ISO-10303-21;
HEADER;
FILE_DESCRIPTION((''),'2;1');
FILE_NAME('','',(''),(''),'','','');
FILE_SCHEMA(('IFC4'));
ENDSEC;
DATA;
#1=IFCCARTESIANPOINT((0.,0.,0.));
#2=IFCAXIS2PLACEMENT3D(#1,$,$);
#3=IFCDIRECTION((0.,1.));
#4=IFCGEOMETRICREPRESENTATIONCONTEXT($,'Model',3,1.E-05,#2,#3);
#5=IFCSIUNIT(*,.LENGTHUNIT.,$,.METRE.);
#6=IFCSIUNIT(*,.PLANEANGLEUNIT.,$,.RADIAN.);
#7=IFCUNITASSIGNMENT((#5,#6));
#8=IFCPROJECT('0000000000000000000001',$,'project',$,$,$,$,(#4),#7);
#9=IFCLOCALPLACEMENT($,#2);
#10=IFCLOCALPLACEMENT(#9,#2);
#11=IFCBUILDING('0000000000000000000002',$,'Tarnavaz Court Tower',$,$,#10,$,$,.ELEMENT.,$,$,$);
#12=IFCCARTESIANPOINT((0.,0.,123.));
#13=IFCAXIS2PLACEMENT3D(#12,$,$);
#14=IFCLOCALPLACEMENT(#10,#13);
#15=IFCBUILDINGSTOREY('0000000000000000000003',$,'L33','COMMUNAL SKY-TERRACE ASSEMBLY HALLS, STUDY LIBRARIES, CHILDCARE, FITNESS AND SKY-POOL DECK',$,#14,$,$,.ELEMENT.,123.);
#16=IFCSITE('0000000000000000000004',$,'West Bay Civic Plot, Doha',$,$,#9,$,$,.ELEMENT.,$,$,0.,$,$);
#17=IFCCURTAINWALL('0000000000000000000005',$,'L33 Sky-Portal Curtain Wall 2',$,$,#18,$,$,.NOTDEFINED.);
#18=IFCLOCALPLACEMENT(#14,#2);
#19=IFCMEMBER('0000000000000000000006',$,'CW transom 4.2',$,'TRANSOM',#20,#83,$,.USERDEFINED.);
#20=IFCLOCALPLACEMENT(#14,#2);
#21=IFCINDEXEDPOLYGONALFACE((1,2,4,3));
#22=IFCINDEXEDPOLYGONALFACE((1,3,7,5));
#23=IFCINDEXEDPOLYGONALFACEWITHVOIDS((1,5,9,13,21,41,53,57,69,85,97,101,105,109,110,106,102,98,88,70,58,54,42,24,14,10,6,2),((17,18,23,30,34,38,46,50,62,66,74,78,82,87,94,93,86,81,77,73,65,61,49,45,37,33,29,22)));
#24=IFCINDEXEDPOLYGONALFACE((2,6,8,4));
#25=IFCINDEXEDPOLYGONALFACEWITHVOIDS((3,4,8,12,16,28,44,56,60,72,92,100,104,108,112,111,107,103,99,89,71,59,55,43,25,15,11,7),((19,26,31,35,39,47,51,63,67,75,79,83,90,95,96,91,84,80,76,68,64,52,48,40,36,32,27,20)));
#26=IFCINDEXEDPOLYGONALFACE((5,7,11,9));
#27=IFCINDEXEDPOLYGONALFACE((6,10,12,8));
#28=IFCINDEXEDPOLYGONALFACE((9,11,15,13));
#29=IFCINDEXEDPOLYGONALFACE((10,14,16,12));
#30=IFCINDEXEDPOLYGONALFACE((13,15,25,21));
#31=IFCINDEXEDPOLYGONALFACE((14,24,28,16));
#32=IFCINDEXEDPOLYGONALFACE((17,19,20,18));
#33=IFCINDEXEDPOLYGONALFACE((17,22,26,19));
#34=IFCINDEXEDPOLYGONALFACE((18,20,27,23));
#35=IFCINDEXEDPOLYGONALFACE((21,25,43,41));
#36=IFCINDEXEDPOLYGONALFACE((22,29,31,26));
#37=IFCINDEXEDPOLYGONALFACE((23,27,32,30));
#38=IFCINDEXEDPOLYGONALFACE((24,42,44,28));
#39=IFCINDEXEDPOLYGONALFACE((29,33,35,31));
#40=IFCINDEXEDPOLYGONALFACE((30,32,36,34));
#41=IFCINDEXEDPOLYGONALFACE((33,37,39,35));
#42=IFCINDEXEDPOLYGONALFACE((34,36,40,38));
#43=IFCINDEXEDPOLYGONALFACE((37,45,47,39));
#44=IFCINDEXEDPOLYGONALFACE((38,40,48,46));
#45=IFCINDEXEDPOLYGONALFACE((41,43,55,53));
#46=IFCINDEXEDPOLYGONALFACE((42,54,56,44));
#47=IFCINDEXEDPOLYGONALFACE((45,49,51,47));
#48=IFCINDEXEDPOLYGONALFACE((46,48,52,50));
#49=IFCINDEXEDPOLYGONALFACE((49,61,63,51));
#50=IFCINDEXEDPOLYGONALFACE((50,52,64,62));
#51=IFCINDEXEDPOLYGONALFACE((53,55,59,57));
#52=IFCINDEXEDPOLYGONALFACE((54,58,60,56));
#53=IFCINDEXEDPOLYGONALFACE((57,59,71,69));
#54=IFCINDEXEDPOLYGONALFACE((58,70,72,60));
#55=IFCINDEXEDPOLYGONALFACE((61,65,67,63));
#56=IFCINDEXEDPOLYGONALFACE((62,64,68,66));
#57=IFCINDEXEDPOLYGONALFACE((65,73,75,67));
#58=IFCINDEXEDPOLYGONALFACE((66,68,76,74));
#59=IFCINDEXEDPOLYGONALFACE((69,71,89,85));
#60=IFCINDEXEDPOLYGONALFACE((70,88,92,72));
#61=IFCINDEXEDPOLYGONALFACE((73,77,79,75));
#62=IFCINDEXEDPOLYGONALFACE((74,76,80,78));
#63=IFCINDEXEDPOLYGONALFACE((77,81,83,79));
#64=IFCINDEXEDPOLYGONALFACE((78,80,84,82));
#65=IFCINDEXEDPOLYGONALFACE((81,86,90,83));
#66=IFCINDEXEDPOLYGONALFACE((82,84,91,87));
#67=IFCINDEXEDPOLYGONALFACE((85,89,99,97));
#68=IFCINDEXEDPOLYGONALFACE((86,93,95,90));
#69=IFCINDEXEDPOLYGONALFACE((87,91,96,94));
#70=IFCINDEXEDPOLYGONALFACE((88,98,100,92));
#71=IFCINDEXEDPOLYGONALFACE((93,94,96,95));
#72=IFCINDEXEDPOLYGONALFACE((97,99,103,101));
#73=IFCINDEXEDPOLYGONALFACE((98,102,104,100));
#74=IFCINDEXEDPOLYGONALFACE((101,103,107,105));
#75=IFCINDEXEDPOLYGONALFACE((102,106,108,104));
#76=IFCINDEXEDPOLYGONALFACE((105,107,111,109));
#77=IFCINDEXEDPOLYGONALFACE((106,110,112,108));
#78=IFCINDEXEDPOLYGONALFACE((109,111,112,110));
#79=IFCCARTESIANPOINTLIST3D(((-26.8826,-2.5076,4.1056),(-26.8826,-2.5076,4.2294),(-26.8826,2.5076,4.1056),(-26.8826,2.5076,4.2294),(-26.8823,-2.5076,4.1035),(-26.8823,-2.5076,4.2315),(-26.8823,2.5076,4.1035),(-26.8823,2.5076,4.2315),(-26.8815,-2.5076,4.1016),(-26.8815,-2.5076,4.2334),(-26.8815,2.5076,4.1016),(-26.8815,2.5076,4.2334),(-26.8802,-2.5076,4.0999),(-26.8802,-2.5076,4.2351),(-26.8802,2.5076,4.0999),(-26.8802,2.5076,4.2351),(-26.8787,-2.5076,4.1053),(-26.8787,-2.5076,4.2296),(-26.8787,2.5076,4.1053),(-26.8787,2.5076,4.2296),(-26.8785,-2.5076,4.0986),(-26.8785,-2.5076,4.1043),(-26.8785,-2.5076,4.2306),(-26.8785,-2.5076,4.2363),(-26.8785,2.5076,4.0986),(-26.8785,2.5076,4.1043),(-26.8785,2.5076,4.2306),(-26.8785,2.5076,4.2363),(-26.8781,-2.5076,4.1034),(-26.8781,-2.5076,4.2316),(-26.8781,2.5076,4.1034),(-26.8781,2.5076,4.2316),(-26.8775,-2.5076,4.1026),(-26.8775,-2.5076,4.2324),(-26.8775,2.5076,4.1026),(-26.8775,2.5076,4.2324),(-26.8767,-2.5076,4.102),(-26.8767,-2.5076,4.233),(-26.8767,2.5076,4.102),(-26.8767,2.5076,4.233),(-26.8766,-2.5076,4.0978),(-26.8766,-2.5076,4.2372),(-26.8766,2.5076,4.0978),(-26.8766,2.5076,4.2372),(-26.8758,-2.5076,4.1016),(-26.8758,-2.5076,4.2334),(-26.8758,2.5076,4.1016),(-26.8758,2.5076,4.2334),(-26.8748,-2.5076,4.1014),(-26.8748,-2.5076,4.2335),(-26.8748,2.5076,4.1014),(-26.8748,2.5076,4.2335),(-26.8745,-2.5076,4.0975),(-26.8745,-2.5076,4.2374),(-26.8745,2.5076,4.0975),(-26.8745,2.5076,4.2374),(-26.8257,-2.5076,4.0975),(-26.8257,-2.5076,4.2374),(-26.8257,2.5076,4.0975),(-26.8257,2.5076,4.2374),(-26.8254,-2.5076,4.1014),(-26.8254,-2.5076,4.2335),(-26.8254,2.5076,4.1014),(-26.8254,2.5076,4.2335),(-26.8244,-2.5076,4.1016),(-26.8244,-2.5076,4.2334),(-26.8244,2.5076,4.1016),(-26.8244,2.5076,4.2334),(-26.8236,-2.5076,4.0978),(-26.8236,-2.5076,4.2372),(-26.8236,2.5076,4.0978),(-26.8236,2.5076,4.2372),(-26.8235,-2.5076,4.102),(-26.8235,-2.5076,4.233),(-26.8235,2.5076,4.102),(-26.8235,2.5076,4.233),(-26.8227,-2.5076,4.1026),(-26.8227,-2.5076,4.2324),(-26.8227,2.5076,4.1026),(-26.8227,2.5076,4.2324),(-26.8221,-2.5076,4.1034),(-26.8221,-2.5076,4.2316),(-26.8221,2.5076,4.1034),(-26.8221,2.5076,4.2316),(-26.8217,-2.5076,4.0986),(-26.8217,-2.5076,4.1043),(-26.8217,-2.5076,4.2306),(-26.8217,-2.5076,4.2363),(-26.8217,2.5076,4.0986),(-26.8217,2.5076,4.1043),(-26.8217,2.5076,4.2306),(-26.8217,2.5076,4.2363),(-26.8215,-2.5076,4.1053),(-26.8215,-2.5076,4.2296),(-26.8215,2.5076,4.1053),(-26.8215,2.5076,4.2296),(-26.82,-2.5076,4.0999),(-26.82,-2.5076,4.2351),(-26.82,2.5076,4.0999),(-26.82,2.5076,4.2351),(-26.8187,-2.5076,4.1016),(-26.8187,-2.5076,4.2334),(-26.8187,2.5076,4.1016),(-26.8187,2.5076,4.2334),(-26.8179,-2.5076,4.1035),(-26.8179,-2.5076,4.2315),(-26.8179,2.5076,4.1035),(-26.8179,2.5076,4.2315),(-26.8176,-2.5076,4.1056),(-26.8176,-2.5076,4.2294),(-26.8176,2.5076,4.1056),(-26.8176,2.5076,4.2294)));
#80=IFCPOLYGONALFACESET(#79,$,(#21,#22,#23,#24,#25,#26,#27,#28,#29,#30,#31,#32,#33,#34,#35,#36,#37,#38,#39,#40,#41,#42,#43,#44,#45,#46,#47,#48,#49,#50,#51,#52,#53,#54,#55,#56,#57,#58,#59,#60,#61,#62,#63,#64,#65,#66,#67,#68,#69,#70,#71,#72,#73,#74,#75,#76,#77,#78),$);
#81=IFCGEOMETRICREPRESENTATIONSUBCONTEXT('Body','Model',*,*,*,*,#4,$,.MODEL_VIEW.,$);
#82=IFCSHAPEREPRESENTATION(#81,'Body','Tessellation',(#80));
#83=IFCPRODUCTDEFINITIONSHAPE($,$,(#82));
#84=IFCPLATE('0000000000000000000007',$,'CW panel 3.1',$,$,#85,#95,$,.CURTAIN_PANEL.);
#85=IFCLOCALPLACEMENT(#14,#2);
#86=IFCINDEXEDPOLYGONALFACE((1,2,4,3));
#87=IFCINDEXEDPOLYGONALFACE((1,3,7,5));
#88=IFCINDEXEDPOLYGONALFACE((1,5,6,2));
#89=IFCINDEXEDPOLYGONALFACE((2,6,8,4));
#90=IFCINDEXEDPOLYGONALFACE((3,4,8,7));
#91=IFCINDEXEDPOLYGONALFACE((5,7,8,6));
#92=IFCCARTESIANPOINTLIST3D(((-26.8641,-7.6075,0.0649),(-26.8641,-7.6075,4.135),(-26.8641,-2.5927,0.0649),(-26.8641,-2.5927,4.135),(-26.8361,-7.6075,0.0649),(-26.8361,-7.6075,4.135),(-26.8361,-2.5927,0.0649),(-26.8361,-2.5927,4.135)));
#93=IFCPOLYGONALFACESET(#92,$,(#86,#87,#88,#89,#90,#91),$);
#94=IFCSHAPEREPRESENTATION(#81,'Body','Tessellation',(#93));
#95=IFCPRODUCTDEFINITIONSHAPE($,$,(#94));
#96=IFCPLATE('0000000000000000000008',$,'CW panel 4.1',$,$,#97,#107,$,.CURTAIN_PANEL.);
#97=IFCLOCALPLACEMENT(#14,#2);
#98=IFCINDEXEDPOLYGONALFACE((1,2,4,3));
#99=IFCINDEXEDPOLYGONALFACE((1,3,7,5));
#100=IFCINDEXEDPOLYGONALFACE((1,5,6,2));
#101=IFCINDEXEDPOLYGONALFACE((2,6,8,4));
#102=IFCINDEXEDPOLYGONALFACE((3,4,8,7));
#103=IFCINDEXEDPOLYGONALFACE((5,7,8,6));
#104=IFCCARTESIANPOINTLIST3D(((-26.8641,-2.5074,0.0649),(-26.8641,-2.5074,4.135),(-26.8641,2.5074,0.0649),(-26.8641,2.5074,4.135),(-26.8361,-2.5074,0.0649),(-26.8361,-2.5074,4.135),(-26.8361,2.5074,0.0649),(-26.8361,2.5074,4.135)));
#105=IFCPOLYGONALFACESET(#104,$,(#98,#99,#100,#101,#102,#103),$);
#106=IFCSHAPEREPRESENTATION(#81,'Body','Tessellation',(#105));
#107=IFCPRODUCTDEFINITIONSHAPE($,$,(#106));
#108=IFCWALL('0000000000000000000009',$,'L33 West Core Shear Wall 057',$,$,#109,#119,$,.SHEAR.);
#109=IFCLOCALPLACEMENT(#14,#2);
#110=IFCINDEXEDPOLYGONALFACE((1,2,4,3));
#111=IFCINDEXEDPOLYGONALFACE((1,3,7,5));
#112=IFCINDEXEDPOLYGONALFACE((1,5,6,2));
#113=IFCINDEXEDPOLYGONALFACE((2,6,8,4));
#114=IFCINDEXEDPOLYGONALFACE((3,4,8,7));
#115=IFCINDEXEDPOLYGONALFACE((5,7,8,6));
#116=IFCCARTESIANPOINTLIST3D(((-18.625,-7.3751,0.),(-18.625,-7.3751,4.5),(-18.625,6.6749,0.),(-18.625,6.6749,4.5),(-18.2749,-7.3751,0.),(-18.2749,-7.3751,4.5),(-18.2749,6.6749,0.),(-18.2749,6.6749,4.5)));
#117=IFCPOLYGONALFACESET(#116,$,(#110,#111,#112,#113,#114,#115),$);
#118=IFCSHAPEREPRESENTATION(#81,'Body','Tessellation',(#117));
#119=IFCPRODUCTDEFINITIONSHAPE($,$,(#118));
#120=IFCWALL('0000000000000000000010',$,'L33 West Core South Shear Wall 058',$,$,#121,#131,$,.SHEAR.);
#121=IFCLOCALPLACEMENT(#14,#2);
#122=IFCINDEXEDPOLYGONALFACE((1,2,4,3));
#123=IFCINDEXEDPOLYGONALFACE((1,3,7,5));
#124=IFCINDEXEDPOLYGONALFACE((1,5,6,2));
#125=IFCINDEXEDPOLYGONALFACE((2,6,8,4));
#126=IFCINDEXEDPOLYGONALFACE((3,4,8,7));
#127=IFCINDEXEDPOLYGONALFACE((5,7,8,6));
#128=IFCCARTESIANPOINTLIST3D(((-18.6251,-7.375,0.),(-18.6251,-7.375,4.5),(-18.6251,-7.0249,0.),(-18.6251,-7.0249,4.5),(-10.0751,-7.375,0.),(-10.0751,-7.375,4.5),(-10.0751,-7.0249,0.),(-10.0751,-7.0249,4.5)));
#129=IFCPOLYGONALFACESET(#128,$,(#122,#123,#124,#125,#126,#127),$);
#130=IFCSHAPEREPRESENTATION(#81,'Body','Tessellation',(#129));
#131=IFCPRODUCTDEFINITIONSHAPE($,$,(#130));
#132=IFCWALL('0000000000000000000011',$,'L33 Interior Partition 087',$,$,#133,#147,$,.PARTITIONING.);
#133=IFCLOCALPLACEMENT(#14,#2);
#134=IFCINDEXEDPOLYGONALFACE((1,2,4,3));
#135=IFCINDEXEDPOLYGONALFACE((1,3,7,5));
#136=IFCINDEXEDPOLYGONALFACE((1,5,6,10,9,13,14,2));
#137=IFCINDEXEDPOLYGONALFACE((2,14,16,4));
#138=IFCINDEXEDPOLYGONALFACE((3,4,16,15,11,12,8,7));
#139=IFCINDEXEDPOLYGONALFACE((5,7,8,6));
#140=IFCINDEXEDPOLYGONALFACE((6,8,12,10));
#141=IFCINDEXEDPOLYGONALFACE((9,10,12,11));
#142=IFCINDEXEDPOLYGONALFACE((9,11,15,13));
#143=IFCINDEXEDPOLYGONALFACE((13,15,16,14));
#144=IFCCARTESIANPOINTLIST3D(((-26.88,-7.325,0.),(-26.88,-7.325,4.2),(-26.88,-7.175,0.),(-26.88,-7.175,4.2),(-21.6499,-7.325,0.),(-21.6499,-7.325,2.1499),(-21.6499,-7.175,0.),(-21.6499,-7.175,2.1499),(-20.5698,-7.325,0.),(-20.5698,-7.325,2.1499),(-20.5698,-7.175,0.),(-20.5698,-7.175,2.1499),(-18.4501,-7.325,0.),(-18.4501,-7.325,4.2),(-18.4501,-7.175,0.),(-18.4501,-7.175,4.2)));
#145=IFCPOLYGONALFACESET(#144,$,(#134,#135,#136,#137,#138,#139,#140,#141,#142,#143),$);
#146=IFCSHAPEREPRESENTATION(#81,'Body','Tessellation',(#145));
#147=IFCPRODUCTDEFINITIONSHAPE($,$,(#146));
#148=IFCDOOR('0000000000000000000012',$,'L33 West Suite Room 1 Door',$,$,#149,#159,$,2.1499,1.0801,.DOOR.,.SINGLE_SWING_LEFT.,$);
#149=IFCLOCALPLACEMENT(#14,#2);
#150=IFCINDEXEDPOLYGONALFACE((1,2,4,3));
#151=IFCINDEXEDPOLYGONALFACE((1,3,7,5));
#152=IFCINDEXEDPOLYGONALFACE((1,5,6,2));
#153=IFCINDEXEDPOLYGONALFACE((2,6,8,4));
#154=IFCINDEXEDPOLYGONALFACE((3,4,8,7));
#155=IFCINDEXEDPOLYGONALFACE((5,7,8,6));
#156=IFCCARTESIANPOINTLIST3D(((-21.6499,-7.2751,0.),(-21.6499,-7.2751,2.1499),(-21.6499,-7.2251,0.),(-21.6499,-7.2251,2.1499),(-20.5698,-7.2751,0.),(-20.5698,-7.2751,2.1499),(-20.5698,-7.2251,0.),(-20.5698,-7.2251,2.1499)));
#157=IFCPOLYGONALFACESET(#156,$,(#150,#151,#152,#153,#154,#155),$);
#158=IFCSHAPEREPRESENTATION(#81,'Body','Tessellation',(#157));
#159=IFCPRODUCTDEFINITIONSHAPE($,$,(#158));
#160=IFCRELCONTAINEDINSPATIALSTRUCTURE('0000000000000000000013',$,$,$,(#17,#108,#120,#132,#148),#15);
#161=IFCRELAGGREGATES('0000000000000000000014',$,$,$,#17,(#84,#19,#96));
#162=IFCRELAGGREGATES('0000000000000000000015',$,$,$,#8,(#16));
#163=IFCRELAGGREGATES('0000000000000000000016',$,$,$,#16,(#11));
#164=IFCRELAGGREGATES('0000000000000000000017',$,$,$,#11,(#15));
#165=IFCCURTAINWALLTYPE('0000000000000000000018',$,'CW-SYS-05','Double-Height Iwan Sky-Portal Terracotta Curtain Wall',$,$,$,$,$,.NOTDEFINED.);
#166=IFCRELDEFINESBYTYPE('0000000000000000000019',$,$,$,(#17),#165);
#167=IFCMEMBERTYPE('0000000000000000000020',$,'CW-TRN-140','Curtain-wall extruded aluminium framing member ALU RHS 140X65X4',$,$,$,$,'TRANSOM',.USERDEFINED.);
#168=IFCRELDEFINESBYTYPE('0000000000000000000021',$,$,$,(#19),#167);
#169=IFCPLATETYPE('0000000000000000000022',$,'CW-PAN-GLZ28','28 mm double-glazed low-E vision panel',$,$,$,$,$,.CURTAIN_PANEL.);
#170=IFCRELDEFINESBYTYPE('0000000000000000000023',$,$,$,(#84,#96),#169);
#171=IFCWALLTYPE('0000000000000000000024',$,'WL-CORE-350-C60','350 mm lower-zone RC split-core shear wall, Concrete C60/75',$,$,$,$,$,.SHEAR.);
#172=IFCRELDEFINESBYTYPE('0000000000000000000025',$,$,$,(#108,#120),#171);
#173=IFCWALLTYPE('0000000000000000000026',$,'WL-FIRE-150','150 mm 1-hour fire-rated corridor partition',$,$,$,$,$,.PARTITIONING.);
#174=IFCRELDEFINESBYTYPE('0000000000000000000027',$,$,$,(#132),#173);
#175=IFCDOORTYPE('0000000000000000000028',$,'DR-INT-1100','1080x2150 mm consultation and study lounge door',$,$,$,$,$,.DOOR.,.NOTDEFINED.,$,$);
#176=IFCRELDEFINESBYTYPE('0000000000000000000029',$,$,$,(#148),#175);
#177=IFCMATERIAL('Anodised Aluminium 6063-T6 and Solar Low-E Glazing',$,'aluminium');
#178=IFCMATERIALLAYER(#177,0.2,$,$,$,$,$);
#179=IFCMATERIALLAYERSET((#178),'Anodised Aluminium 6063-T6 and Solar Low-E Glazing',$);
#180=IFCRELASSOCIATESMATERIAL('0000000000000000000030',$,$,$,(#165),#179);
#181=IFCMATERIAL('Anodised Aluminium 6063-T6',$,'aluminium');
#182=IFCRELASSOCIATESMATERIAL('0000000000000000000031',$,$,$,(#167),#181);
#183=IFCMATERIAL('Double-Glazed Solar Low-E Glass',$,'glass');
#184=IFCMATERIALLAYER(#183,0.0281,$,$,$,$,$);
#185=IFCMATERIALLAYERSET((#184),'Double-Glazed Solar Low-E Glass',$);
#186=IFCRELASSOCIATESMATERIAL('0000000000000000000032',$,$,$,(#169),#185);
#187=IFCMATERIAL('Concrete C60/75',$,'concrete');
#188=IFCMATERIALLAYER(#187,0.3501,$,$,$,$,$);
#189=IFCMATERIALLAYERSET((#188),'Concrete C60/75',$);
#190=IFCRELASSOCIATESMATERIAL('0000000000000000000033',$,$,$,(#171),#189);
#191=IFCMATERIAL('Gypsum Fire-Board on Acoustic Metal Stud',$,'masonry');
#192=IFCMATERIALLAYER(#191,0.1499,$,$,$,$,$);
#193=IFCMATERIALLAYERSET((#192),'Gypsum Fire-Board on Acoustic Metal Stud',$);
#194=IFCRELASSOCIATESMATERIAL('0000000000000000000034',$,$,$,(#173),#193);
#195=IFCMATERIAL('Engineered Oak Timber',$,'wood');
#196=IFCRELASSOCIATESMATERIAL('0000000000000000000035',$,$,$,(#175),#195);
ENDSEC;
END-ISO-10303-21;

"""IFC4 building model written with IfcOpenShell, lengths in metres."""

from ifc_helpers import new_model, si_unit, direction, frame, frame_2d, origin, origin_2d, place, context, subcontext, project, spatial, rectangle, hollow_rectangle, extrude, material, layer, layer_set, material_profile, profile_set, type_object, element, fill, aggregate, save


model = new_model("IFC4")

# Units and contexts
model_context = context("Model", 3, precision=1e-05, world=origin(), true_north=direction((0.0, 1.0)))
body_context = subcontext(model_context, "Body", "Model", "MODEL_VIEW")
ifc_project = project(units=[si_unit("LENGTHUNIT", "METRE"), si_unit("PLANEANGLEUNIT", "RADIAN")], contexts=[model_context])

# Site, building, storey
site_placement = place(None, origin())
site = spatial("IfcSite", under=ifc_project, at=site_placement, Name="West Bay Civic Plot, Doha", CompositionType="ELEMENT", RefElevation=0.0)
building_placement = place(site_placement, origin())
building = spatial("IfcBuilding", under=site, at=building_placement, Name="Tarnavaz Court Tower", CompositionType="ELEMENT")
storey_placement = place(building_placement, frame((0.0, 0.0, 123.0)))
storey = spatial("IfcBuildingStorey", under=building, at=storey_placement, Name="L33", Description="COMMUNAL SKY-TERRACE ASSEMBLY HALLS, STUDY LIBRARIES, CHILDCARE, FITNESS AND SKY-POOL DECK", CompositionType="ELEMENT", Elevation=123.0)

# Shared definitions
ifc_material_1 = material(Name="Concrete C60/75", Category="concrete")

# Curtain wall, member, plates
ifc_material_2 = material(Name="Anodised Aluminium 6063-T6 and Solar Low-E Glazing", Category="aluminium")
ifc_layer_1 = layer(ifc_material_2, 0.2)
ifc_layer_set_1 = layer_set([ifc_layer_1], Name="Anodised Aluminium 6063-T6 and Solar Low-E Glazing")
curtain_wall_type = type_object("IfcCurtainWallType", Name="CW-SYS-05", Description="Double-Height Iwan Sky-Portal Terracotta Curtain Wall", PredefinedType="NOTDEFINED", material=ifc_layer_set_1)
curtain_wall_placement = place(storey_placement, origin())
curtain_wall = element("IfcCurtainWall", 1, at=curtain_wall_placement, inside=storey, type_object=curtain_wall_type, Name="L33 Sky-Portal Curtain Wall 2", PredefinedType="NOTDEFINED")
ifc_material_3 = material(Name="Anodised Aluminium 6063-T6", Category="aluminium")
ifc_material_profile_1 = material_profile(ifc_material_3, hollow_rectangle(XDim=0.0649, YDim=0.1399, WallThickness=0.0039, InnerFilletRadius=0.0039, OuterFilletRadius=0.0081, at=origin_2d()), Name="ALU RHS 140X65X4")
ifc_profile_set_1 = profile_set([ifc_material_profile_1], Name="Anodised Aluminium 6063-T6")
member_type_1 = type_object("IfcMemberType", Name="CW-TRN-140", Description="Curtain-wall extruded aluminium framing member ALU RHS 140X65X4", ElementType="TRANSOM", PredefinedType="USERDEFINED", material=ifc_profile_set_1)
member_1_placement = place(storey_placement, frame((-26.8501, -2.5076, 4.1675), z_axis=(0.0, 1.0, 0.0), x_axis=(-1.0, 0.0, 0.0)))
member_1 = element("IfcMember", 2, at=member_1_placement, type_object=member_type_1, Name="CW transom 4.2", ObjectType="TRANSOM", PredefinedType="USERDEFINED", context=body_context, shape_type="SweptSolid", body=[
    extrude(hollow_rectangle(XDim=0.0649, YDim=0.1399, WallThickness=0.0039, InnerFilletRadius=0.0039, OuterFilletRadius=0.0081, at=origin_2d()), origin(), (0.0, 0.0, 1.0), 5.0151),
])
ifc_material_4 = material(Name="Double-Glazed Solar Low-E Glass", Category="glass")
ifc_layer_2 = layer(ifc_material_4, 0.0281)
ifc_layer_set_2 = layer_set([ifc_layer_2], Name="Double-Glazed Solar Low-E Glass")
plate_type = type_object("IfcPlateType", Name="CW-PAN-GLZ28", Description="28 mm double-glazed low-E vision panel", PredefinedType="CURTAIN_PANEL", material=ifc_layer_set_2)
plate_1_placement = place(storey_placement, frame((-26.8501, -5.1001, 0.0649), z_axis=(0.0, 0.0, 1.0), x_axis=(0.0, 1.0, 0.0)))
plate_1 = element("IfcPlate", 3, at=plate_1_placement, type_object=plate_type, Name="CW panel 3.1", PredefinedType="CURTAIN_PANEL", context=body_context, shape_type="SweptSolid", body=[
    extrude(rectangle(XDim=5.0149, YDim=0.0281, at=origin_2d()), origin(), (0.0, 0.0, 1.0), 4.0701),
])
plate_2_placement = place(storey_placement, frame((-26.8501, 0.0, 0.0649), z_axis=(0.0, 0.0, 1.0), x_axis=(0.0, 1.0, 0.0)))
plate_2 = element("IfcPlate", 4, at=plate_2_placement, type_object=plate_type, Name="CW panel 4.1", PredefinedType="CURTAIN_PANEL", context=body_context, shape_type="SweptSolid", body=[
    extrude(rectangle(XDim=5.0149, YDim=0.0281, at=origin_2d()), origin(), (0.0, 0.0, 1.0), 4.0701),
])
aggregate(curtain_wall, [plate_1, member_1, plate_2])

# Walls
ifc_layer_3 = layer(ifc_material_1, 0.3501)
ifc_layer_set_3 = layer_set([ifc_layer_3], Name="Concrete C60/75")
wall_type_1 = type_object("IfcWallType", Name="WL-CORE-350-C60", Description="350 mm lower-zone RC split-core shear wall, Concrete C60/75", PredefinedType="SHEAR", material=ifc_layer_set_3)
wall_1_placement = place(storey_placement, frame((-18.45, -7.375, 0.0), z_axis=(0.0, 0.0, 1.0), x_axis=(0.0, 1.0, 0.0)))
element("IfcWall", 5, at=wall_1_placement, inside=storey, type_object=wall_type_1, Name="L33 West Core Shear Wall 057", PredefinedType="SHEAR", context=body_context, shape_type="SweptSolid", body=[
    extrude(rectangle(XDim=14.05, YDim=0.3501, at=frame_2d((7.0249, 0.0))), origin(), (0.0, 0.0, 1.0), 4.5),
])
wall_2_placement = place(storey_placement, frame((-18.625, -7.2, 0.0), z_axis=(0.0, 0.0, 1.0), x_axis=(1.0, 0.0, 0.0)))
element("IfcWall", 6, at=wall_2_placement, inside=storey, type_object=wall_type_1, Name="L33 West Core South Shear Wall 058", PredefinedType="SHEAR", context=body_context, shape_type="SweptSolid", body=[
    extrude(rectangle(XDim=8.55, YDim=0.3501, at=frame_2d((4.2749, 0.0))), origin(), (0.0, 0.0, 1.0), 4.5),
])

# Wall, opening, door
ifc_material_5 = material(Name="Gypsum Fire-Board on Acoustic Metal Stud", Category="masonry")
ifc_layer_4 = layer(ifc_material_5, 0.1499)
ifc_layer_set_4 = layer_set([ifc_layer_4], Name="Gypsum Fire-Board on Acoustic Metal Stud")
wall_type_2 = type_object("IfcWallType", Name="WL-FIRE-150", Description="150 mm 1-hour fire-rated corridor partition", PredefinedType="PARTITIONING", material=ifc_layer_set_4)
wall_3_placement = place(storey_placement, frame((-26.8799, -7.25, 0.0), z_axis=(0.0, 0.0, 1.0), x_axis=(1.0, 0.0, 0.0)))
wall_3 = element("IfcWall", 7, at=wall_3_placement, inside=storey, type_object=wall_type_2, Name="L33 Interior Partition 087", PredefinedType="PARTITIONING", context=body_context, shape_type="SweptSolid", body=[
    extrude(rectangle(XDim=8.4299, YDim=0.1499, at=frame_2d((4.2148, 0.0))), origin(), (0.0, 0.0, 1.0), 4.2),
])
opening_1_placement = place(wall_3_placement, frame((5.23, 0.0, 0.0)))
opening_1 = element("IfcOpeningElement", 8, at=opening_1_placement, cuts=wall_3, PredefinedType="OPENING", context=body_context, shape_type="SweptSolid", body=[
    extrude(rectangle(XDim=1.0801, YDim=2.1499, at=frame_2d((0.54, 1.075))), frame((0.0, 0.085, 0.0), z_axis=(0.0, -1.0, 0.0), x_axis=(1.0, 0.0, 0.0)), (0.0, 0.0, 1.0), 0.1699),
])
ifc_material_6 = material(Name="Engineered Oak Timber", Category="wood")
door_type_1 = type_object("IfcDoorType", Name="DR-INT-1100", Description="1080x2150 mm consultation and study lounge door", OperationType="NOTDEFINED", PredefinedType="DOOR", material=ifc_material_6)
door_1_placement = place(opening_1_placement, origin())
door_1 = element("IfcDoor", 9, at=door_1_placement, inside=storey, type_object=door_type_1, Name="L33 West Suite Room 1 Door", OperationType="SINGLE_SWING_LEFT", OverallHeight=2.1499, OverallWidth=1.0801, PredefinedType="DOOR", context=body_context, shape_type="SweptSolid", body=[
    extrude(rectangle(XDim=1.0801, YDim=2.1499, at=frame_2d((0.54, 1.075))), frame((0.0, 0.0249, 0.0), z_axis=(0.0, -1.0, 0.0), x_axis=(1.0, 0.0, 0.0)), (0.0, 0.0, 1.0), 0.05),
])
fill(opening_1, door_1)

save(model, "model.ifc")
